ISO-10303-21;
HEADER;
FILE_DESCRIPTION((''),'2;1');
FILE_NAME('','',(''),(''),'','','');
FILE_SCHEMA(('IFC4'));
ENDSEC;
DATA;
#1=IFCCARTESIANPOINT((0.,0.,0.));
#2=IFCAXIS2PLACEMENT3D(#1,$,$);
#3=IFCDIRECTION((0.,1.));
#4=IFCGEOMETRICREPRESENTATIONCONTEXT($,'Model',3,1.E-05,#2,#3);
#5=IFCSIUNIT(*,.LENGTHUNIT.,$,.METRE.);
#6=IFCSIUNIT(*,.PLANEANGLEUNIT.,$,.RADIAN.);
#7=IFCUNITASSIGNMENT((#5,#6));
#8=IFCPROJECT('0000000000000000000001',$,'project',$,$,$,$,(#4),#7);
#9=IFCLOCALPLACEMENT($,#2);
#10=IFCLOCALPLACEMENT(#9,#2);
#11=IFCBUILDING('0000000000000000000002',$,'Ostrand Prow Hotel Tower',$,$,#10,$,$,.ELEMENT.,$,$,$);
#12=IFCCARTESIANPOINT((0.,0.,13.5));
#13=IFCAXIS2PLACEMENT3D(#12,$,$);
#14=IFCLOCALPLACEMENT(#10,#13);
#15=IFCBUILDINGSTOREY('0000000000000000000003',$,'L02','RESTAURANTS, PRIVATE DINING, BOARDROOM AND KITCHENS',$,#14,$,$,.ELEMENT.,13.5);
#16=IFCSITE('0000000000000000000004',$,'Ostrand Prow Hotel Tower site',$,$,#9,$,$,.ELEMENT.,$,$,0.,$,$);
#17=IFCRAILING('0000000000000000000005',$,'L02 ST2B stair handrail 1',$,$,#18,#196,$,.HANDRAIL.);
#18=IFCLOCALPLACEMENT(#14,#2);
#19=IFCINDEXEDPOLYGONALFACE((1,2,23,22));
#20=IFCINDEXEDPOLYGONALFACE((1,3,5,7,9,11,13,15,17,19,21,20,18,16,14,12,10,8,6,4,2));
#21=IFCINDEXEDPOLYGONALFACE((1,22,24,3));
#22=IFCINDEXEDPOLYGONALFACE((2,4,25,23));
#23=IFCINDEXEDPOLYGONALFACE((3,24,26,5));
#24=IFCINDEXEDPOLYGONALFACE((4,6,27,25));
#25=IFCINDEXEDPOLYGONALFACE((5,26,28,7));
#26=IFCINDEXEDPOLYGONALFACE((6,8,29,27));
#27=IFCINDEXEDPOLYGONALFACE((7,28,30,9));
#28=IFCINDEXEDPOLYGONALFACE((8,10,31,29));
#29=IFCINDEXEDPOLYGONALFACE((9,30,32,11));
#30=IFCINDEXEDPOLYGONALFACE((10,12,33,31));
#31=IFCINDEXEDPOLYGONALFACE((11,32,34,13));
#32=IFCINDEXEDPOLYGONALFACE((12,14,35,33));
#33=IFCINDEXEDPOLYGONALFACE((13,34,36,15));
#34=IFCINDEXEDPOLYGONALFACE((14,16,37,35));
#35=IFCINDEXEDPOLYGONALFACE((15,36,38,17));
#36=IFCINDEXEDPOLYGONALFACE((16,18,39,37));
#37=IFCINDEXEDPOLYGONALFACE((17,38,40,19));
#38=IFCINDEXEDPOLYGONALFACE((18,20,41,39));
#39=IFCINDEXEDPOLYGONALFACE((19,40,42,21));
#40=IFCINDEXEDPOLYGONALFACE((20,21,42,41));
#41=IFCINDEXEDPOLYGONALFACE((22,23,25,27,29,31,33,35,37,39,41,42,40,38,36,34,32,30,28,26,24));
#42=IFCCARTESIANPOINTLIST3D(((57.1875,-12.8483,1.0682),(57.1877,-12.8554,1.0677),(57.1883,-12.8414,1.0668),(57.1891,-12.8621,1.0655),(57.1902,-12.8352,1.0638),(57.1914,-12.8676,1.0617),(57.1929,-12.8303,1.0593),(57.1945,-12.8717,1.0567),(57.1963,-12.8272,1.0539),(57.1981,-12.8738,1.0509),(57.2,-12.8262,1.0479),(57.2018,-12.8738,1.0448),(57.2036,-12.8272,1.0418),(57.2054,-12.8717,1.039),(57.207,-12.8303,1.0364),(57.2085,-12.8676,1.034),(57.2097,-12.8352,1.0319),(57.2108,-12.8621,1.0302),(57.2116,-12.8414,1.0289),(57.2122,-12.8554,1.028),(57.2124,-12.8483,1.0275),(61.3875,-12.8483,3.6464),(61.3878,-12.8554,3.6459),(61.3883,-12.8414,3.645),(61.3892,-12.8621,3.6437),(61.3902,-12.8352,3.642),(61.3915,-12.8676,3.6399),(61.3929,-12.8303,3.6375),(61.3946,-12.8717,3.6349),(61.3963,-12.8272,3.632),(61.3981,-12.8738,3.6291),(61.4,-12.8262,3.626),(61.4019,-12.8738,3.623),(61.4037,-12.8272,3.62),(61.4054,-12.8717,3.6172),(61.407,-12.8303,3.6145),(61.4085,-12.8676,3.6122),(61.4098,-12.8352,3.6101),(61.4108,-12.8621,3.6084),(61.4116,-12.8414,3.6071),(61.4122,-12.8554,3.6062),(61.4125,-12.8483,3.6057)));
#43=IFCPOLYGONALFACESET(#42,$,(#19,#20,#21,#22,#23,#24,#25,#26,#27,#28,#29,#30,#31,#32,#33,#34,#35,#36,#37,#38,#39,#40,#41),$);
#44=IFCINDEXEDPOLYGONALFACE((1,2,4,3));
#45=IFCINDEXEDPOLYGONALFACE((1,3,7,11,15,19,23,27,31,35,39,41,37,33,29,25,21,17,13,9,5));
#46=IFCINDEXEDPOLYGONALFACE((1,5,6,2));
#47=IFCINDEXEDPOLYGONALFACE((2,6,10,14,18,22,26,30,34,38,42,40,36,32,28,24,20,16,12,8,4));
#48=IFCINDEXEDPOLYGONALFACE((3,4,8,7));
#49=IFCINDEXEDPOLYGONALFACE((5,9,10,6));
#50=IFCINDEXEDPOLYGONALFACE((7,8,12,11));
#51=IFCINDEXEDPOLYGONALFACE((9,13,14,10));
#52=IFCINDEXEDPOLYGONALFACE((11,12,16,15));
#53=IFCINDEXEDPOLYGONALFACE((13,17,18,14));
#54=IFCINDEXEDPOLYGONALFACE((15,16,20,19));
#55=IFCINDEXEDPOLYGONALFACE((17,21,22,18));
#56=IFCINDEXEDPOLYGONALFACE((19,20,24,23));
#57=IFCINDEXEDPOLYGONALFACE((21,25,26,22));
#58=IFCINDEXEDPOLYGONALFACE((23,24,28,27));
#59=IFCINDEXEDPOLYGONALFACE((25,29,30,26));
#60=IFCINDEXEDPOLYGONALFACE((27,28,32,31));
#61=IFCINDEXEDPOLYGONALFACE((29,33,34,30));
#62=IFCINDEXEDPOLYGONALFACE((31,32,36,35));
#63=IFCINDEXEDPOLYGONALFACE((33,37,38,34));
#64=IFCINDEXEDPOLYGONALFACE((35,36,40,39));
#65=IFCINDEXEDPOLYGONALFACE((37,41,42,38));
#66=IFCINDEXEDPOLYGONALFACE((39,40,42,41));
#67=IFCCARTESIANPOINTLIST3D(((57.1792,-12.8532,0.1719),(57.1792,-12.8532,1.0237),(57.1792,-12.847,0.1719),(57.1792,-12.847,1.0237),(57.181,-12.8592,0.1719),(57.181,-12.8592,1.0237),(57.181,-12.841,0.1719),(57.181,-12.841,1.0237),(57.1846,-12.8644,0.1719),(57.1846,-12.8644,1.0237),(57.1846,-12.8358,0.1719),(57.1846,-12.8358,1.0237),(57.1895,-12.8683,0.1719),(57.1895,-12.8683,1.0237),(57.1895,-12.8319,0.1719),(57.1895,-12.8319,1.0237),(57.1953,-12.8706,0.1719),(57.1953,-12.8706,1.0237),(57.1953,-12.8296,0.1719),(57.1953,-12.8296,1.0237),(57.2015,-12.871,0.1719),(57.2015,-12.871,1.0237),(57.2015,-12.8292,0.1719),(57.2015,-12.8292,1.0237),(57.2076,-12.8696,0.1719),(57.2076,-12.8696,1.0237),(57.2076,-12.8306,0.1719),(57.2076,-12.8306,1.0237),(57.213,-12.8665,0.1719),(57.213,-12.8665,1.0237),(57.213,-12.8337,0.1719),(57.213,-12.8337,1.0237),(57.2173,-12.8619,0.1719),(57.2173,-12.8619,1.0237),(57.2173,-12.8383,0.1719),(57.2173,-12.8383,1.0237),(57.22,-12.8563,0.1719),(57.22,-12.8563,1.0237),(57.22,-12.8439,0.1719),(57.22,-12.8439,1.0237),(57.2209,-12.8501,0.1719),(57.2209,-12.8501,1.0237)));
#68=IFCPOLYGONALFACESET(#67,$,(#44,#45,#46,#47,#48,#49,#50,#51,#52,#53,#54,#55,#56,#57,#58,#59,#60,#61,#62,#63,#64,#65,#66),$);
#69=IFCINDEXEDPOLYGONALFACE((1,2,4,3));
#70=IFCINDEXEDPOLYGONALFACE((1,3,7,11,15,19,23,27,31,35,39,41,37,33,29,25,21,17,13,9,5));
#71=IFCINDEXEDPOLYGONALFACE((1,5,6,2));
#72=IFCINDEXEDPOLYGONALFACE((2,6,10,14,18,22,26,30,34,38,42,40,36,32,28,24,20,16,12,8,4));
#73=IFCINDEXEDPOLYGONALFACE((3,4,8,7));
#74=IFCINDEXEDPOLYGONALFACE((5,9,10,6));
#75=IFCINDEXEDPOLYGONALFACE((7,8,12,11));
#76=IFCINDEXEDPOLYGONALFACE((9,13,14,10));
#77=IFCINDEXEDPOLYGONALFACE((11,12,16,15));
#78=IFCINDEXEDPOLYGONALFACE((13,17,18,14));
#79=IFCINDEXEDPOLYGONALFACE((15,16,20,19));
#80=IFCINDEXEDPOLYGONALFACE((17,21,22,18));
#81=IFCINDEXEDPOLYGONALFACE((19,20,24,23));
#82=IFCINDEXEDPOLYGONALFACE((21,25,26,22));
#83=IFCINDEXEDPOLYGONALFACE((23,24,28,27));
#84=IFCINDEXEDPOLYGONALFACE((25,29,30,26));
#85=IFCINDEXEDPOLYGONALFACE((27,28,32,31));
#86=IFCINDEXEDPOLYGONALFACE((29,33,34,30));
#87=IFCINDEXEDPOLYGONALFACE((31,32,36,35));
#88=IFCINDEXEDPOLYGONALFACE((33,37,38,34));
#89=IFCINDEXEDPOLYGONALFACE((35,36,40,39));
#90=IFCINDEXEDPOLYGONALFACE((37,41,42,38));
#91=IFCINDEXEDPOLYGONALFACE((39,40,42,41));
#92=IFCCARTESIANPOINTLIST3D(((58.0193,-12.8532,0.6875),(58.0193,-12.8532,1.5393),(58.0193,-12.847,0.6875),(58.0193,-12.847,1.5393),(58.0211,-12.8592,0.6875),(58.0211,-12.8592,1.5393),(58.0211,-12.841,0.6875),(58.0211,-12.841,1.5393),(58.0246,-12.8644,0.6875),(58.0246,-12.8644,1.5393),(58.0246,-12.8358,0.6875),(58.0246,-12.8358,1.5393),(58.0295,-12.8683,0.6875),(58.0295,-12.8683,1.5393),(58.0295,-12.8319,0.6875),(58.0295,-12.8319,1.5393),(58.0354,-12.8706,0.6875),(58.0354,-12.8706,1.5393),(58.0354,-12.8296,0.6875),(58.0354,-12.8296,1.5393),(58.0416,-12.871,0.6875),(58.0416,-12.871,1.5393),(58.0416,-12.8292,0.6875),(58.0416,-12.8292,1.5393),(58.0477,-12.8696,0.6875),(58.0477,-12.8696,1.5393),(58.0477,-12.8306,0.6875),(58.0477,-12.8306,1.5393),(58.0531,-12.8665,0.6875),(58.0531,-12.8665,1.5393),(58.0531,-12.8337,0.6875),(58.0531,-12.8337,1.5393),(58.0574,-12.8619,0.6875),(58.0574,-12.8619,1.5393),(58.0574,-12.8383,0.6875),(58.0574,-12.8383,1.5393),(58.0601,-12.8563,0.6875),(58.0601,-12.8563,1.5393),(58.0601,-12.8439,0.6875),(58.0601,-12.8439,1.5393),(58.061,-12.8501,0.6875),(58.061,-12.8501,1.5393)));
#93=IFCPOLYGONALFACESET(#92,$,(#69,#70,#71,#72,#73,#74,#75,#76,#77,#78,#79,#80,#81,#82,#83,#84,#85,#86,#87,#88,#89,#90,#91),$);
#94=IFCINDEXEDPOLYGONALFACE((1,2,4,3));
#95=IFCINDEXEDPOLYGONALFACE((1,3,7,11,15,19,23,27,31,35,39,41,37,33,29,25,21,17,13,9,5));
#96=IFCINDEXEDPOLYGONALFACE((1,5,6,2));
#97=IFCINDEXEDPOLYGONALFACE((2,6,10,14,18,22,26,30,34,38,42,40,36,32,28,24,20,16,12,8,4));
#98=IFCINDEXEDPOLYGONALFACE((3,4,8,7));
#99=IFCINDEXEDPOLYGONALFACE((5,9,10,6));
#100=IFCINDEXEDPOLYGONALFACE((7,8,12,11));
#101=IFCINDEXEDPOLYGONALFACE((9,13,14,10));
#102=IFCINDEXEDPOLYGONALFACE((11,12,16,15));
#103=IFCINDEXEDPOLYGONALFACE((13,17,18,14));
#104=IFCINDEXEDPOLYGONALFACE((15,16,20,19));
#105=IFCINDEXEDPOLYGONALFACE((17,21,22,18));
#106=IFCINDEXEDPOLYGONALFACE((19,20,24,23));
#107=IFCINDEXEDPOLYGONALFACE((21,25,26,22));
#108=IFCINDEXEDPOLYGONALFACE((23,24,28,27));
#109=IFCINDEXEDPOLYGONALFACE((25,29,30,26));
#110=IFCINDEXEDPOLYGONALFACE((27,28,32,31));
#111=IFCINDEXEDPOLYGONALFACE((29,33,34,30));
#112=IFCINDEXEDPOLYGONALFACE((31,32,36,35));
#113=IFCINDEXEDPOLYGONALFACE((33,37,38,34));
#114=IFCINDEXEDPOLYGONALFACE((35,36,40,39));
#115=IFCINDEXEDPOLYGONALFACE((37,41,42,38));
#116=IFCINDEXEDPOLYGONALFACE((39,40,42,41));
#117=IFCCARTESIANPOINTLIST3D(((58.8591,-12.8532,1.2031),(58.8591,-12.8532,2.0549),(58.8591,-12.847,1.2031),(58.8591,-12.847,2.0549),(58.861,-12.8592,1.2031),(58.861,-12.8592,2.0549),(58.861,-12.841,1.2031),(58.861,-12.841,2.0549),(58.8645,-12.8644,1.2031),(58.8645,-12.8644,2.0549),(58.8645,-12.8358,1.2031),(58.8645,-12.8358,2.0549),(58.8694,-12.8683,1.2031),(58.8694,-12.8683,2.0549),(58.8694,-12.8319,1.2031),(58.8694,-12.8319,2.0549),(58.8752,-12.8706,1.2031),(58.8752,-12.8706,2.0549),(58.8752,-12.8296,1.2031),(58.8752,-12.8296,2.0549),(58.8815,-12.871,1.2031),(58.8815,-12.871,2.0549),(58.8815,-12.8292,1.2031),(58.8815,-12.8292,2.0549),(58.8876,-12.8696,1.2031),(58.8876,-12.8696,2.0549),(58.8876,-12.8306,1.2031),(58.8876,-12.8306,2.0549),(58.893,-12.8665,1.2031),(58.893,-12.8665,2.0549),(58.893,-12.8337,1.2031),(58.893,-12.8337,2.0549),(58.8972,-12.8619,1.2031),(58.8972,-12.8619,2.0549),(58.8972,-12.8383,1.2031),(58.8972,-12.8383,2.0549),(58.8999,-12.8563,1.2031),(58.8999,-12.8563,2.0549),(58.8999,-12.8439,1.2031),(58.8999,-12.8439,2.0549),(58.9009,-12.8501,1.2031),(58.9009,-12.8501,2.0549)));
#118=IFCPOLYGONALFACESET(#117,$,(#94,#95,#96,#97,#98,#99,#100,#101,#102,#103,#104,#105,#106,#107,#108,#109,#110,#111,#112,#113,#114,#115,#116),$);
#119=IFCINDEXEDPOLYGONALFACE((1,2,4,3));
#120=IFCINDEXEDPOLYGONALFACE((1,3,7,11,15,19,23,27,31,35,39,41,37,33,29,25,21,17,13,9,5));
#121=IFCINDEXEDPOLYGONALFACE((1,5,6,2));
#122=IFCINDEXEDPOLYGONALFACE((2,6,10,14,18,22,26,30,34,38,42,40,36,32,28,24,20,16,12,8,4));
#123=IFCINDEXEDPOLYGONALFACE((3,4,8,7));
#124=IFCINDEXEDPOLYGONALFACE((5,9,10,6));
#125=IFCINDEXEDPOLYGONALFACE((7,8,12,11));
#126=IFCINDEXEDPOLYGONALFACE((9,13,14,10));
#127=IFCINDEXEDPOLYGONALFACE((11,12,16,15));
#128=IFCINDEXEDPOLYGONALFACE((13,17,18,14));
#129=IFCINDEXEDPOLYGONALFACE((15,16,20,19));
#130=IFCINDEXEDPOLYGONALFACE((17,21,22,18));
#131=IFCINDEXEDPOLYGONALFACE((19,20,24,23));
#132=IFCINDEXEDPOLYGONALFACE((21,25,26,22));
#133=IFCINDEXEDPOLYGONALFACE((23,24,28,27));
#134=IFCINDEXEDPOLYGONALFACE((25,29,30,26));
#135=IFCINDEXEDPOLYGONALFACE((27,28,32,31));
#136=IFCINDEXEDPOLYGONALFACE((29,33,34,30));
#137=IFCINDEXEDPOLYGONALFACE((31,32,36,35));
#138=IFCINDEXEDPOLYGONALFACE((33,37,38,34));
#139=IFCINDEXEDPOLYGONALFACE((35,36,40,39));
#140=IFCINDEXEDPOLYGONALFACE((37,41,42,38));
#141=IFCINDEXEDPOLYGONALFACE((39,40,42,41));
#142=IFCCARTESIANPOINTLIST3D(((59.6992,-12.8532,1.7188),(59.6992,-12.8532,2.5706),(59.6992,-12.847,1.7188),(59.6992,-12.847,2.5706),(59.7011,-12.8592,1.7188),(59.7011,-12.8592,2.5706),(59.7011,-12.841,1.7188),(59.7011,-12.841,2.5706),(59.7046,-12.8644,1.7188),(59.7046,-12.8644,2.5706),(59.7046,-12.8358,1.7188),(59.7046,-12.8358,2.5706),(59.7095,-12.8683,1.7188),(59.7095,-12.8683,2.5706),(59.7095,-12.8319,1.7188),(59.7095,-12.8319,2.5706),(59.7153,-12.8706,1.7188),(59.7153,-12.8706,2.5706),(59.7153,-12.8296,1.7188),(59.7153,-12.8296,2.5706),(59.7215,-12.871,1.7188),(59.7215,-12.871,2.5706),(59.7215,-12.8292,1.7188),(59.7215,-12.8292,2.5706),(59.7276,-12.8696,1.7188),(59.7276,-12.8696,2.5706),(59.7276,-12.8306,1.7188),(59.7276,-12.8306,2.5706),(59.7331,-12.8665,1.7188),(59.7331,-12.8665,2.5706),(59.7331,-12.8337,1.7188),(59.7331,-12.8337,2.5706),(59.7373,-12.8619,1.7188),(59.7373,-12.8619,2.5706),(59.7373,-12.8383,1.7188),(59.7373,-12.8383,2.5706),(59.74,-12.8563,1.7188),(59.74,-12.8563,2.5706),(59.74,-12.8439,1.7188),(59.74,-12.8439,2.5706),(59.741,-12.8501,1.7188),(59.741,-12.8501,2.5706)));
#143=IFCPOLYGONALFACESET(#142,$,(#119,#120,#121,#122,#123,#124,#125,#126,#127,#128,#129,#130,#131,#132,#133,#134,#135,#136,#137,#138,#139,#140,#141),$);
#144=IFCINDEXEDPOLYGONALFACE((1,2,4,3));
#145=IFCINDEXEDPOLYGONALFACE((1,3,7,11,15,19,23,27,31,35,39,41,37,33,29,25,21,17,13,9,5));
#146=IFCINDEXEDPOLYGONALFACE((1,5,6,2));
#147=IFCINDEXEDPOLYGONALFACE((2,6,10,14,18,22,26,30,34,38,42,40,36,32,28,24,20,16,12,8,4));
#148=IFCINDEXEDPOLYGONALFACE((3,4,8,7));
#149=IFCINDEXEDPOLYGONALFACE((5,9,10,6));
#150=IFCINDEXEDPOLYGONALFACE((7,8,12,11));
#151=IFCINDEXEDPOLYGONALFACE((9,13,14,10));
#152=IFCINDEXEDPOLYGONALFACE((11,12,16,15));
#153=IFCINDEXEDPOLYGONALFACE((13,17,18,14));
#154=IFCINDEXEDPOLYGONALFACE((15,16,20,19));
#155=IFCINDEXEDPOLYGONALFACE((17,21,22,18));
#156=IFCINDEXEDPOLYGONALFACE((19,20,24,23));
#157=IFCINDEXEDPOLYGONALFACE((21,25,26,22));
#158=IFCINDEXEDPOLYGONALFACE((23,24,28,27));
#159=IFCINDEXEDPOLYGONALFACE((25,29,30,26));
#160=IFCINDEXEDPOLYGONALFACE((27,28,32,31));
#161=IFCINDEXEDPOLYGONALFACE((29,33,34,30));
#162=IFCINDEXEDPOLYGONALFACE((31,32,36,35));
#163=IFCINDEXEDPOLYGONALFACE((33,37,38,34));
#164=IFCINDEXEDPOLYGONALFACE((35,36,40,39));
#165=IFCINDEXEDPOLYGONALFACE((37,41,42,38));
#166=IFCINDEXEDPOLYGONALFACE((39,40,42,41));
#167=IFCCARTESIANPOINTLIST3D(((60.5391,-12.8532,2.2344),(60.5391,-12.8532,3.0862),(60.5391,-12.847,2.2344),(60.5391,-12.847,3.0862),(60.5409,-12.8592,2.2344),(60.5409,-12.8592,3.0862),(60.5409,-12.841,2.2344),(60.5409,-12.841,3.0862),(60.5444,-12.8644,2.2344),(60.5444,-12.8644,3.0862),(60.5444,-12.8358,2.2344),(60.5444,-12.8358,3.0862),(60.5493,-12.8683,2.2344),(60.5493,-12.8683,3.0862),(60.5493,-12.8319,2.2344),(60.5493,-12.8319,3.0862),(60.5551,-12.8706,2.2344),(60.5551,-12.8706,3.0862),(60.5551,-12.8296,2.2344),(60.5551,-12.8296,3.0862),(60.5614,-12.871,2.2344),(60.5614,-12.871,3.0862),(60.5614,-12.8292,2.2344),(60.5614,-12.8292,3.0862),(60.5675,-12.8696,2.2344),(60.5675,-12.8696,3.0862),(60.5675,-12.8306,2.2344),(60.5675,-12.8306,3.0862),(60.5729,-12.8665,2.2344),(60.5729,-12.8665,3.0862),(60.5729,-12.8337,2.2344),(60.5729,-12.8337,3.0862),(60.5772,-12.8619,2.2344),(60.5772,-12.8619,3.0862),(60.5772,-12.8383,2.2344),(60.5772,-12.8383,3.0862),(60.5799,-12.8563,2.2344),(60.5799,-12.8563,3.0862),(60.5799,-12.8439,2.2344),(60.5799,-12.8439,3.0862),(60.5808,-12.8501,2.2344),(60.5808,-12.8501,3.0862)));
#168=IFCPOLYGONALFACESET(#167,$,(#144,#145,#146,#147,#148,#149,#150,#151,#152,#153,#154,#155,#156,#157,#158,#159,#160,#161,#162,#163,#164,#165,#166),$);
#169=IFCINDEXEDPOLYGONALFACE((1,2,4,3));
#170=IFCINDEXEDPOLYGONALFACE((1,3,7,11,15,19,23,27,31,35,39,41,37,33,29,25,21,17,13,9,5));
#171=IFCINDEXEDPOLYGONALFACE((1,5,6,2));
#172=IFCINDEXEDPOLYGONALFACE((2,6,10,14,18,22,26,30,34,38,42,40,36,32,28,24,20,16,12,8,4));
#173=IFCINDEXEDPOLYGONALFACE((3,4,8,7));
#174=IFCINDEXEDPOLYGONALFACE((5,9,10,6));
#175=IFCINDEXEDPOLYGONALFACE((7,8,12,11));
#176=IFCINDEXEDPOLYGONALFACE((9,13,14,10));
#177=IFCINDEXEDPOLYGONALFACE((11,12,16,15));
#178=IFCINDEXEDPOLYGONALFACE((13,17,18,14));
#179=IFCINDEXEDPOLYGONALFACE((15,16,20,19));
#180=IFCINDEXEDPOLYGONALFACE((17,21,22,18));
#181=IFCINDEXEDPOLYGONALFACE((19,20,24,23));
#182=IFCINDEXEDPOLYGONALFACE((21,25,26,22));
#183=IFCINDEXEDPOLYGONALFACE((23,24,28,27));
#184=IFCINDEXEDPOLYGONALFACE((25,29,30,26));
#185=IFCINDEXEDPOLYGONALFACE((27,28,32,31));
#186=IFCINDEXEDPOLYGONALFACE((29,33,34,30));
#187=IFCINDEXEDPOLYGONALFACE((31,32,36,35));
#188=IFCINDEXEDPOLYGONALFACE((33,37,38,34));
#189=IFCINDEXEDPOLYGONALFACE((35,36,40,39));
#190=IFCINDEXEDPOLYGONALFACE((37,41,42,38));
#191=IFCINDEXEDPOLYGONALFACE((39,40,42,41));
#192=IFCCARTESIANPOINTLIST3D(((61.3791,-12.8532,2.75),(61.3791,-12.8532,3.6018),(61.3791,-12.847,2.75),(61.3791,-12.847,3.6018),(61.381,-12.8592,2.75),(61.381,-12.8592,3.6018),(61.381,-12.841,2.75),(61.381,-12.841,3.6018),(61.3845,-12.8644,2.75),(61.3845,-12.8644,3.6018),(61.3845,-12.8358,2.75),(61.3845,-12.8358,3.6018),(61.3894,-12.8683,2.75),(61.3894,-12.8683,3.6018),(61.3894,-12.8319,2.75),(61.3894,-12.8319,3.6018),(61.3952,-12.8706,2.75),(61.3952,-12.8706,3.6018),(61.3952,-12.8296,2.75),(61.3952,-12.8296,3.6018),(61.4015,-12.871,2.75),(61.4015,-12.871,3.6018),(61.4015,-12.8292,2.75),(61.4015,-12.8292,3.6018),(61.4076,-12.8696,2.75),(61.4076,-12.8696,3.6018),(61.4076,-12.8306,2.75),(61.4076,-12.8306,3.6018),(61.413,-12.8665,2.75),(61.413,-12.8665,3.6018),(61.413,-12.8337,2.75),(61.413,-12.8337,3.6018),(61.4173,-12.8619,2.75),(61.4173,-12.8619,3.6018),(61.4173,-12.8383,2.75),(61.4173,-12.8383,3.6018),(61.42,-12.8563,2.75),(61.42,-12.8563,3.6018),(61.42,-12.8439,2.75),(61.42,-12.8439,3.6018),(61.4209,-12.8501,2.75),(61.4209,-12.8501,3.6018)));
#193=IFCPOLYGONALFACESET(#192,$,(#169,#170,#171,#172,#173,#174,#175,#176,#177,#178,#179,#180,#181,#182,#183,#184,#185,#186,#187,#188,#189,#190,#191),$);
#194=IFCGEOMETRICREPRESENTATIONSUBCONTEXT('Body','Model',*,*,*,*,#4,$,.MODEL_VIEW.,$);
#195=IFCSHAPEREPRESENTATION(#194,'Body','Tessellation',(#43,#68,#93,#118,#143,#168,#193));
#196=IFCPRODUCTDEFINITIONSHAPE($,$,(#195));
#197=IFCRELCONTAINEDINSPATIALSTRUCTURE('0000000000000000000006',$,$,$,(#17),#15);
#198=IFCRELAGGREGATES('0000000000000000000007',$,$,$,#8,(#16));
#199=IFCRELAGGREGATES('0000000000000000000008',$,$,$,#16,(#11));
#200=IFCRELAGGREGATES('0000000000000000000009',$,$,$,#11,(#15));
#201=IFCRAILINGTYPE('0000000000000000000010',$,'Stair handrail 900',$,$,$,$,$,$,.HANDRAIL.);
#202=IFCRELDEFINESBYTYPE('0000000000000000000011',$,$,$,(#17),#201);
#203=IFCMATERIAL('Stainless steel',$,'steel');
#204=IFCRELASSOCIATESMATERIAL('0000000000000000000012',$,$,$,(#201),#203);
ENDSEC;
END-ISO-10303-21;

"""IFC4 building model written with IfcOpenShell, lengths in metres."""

from ifc_helpers import new_model, si_unit, direction, frame, origin, origin_2d, place, context, subcontext, project, spatial, circle, extrude, material, type_object, element, save


model = new_model("IFC4")

# Units and contexts
model_context = context("Model", 3, precision=1e-05, world=origin(), true_north=direction((0.0, 1.0)))
body_context = subcontext(model_context, "Body", "Model", "MODEL_VIEW")
ifc_project = project(units=[si_unit("LENGTHUNIT", "METRE"), si_unit("PLANEANGLEUNIT", "RADIAN")], contexts=[model_context])

# Site, building, storey
site_placement = place(None, origin())
site = spatial("IfcSite", under=ifc_project, at=site_placement, Name="Ostrand Prow Hotel Tower site", CompositionType="ELEMENT", RefElevation=0.0)
building_placement = place(site_placement, origin())
building = spatial("IfcBuilding", under=site, at=building_placement, Name="Ostrand Prow Hotel Tower", CompositionType="ELEMENT")
storey_placement = place(building_placement, frame((0.0, 0.0, 13.5)))
storey = spatial("IfcBuildingStorey", under=building, at=storey_placement, Name="L02", Description="RESTAURANTS, PRIVATE DINING, BOARDROOM AND KITCHENS", CompositionType="ELEMENT", Elevation=13.5)

# Railing
ifc_material_1 = material(Name="Stainless steel", Category="steel")
railing_type_1 = type_object("IfcRailingType", Name="Stair handrail 900", PredefinedType="HANDRAIL", material=ifc_material_1)
railing_1_placement = place(storey_placement, frame((57.2, -12.8501, 0.1719)))
element("IfcRailing", 1, at=railing_1_placement, inside=storey, type_object=railing_type_1, Name="L02 ST2B stair handrail 1", PredefinedType="HANDRAIL", context=body_context, shape_type="SweptSolid", body=[
    extrude(circle(Radius=0.0239, at=origin_2d()), frame((0.0, 0.0, 0.876), z_axis=(0.852243, 0.0, 0.523146), x_axis=(0.0, 1.0, 0.0)), (0.0, 0.0, 1.0), 4.9282),
    extrude(circle(Radius=0.021, at=origin_2d()), origin(), (0.0, 0.0, 1.0), 0.8518),
    extrude(circle(Radius=0.021, at=origin_2d()), frame((0.8401, 0.0, 0.5156)), (0.0, 0.0, 1.0), 0.8518),
    extrude(circle(Radius=0.021, at=origin_2d()), frame((1.6799, 0.0, 1.0312)), (0.0, 0.0, 1.0), 0.8518),
    extrude(circle(Radius=0.021, at=origin_2d()), frame((2.52, 0.0, 1.5469)), (0.0, 0.0, 1.0), 0.8518),
    extrude(circle(Radius=0.021, at=origin_2d()), frame((3.3599, 0.0, 2.0625)), (0.0, 0.0, 1.0), 0.8518),
    extrude(circle(Radius=0.021, at=origin_2d()), frame((4.2, 0.0, 2.5781)), (0.0, 0.0, 1.0), 0.8518),
])

save(model, "model.ifc")
